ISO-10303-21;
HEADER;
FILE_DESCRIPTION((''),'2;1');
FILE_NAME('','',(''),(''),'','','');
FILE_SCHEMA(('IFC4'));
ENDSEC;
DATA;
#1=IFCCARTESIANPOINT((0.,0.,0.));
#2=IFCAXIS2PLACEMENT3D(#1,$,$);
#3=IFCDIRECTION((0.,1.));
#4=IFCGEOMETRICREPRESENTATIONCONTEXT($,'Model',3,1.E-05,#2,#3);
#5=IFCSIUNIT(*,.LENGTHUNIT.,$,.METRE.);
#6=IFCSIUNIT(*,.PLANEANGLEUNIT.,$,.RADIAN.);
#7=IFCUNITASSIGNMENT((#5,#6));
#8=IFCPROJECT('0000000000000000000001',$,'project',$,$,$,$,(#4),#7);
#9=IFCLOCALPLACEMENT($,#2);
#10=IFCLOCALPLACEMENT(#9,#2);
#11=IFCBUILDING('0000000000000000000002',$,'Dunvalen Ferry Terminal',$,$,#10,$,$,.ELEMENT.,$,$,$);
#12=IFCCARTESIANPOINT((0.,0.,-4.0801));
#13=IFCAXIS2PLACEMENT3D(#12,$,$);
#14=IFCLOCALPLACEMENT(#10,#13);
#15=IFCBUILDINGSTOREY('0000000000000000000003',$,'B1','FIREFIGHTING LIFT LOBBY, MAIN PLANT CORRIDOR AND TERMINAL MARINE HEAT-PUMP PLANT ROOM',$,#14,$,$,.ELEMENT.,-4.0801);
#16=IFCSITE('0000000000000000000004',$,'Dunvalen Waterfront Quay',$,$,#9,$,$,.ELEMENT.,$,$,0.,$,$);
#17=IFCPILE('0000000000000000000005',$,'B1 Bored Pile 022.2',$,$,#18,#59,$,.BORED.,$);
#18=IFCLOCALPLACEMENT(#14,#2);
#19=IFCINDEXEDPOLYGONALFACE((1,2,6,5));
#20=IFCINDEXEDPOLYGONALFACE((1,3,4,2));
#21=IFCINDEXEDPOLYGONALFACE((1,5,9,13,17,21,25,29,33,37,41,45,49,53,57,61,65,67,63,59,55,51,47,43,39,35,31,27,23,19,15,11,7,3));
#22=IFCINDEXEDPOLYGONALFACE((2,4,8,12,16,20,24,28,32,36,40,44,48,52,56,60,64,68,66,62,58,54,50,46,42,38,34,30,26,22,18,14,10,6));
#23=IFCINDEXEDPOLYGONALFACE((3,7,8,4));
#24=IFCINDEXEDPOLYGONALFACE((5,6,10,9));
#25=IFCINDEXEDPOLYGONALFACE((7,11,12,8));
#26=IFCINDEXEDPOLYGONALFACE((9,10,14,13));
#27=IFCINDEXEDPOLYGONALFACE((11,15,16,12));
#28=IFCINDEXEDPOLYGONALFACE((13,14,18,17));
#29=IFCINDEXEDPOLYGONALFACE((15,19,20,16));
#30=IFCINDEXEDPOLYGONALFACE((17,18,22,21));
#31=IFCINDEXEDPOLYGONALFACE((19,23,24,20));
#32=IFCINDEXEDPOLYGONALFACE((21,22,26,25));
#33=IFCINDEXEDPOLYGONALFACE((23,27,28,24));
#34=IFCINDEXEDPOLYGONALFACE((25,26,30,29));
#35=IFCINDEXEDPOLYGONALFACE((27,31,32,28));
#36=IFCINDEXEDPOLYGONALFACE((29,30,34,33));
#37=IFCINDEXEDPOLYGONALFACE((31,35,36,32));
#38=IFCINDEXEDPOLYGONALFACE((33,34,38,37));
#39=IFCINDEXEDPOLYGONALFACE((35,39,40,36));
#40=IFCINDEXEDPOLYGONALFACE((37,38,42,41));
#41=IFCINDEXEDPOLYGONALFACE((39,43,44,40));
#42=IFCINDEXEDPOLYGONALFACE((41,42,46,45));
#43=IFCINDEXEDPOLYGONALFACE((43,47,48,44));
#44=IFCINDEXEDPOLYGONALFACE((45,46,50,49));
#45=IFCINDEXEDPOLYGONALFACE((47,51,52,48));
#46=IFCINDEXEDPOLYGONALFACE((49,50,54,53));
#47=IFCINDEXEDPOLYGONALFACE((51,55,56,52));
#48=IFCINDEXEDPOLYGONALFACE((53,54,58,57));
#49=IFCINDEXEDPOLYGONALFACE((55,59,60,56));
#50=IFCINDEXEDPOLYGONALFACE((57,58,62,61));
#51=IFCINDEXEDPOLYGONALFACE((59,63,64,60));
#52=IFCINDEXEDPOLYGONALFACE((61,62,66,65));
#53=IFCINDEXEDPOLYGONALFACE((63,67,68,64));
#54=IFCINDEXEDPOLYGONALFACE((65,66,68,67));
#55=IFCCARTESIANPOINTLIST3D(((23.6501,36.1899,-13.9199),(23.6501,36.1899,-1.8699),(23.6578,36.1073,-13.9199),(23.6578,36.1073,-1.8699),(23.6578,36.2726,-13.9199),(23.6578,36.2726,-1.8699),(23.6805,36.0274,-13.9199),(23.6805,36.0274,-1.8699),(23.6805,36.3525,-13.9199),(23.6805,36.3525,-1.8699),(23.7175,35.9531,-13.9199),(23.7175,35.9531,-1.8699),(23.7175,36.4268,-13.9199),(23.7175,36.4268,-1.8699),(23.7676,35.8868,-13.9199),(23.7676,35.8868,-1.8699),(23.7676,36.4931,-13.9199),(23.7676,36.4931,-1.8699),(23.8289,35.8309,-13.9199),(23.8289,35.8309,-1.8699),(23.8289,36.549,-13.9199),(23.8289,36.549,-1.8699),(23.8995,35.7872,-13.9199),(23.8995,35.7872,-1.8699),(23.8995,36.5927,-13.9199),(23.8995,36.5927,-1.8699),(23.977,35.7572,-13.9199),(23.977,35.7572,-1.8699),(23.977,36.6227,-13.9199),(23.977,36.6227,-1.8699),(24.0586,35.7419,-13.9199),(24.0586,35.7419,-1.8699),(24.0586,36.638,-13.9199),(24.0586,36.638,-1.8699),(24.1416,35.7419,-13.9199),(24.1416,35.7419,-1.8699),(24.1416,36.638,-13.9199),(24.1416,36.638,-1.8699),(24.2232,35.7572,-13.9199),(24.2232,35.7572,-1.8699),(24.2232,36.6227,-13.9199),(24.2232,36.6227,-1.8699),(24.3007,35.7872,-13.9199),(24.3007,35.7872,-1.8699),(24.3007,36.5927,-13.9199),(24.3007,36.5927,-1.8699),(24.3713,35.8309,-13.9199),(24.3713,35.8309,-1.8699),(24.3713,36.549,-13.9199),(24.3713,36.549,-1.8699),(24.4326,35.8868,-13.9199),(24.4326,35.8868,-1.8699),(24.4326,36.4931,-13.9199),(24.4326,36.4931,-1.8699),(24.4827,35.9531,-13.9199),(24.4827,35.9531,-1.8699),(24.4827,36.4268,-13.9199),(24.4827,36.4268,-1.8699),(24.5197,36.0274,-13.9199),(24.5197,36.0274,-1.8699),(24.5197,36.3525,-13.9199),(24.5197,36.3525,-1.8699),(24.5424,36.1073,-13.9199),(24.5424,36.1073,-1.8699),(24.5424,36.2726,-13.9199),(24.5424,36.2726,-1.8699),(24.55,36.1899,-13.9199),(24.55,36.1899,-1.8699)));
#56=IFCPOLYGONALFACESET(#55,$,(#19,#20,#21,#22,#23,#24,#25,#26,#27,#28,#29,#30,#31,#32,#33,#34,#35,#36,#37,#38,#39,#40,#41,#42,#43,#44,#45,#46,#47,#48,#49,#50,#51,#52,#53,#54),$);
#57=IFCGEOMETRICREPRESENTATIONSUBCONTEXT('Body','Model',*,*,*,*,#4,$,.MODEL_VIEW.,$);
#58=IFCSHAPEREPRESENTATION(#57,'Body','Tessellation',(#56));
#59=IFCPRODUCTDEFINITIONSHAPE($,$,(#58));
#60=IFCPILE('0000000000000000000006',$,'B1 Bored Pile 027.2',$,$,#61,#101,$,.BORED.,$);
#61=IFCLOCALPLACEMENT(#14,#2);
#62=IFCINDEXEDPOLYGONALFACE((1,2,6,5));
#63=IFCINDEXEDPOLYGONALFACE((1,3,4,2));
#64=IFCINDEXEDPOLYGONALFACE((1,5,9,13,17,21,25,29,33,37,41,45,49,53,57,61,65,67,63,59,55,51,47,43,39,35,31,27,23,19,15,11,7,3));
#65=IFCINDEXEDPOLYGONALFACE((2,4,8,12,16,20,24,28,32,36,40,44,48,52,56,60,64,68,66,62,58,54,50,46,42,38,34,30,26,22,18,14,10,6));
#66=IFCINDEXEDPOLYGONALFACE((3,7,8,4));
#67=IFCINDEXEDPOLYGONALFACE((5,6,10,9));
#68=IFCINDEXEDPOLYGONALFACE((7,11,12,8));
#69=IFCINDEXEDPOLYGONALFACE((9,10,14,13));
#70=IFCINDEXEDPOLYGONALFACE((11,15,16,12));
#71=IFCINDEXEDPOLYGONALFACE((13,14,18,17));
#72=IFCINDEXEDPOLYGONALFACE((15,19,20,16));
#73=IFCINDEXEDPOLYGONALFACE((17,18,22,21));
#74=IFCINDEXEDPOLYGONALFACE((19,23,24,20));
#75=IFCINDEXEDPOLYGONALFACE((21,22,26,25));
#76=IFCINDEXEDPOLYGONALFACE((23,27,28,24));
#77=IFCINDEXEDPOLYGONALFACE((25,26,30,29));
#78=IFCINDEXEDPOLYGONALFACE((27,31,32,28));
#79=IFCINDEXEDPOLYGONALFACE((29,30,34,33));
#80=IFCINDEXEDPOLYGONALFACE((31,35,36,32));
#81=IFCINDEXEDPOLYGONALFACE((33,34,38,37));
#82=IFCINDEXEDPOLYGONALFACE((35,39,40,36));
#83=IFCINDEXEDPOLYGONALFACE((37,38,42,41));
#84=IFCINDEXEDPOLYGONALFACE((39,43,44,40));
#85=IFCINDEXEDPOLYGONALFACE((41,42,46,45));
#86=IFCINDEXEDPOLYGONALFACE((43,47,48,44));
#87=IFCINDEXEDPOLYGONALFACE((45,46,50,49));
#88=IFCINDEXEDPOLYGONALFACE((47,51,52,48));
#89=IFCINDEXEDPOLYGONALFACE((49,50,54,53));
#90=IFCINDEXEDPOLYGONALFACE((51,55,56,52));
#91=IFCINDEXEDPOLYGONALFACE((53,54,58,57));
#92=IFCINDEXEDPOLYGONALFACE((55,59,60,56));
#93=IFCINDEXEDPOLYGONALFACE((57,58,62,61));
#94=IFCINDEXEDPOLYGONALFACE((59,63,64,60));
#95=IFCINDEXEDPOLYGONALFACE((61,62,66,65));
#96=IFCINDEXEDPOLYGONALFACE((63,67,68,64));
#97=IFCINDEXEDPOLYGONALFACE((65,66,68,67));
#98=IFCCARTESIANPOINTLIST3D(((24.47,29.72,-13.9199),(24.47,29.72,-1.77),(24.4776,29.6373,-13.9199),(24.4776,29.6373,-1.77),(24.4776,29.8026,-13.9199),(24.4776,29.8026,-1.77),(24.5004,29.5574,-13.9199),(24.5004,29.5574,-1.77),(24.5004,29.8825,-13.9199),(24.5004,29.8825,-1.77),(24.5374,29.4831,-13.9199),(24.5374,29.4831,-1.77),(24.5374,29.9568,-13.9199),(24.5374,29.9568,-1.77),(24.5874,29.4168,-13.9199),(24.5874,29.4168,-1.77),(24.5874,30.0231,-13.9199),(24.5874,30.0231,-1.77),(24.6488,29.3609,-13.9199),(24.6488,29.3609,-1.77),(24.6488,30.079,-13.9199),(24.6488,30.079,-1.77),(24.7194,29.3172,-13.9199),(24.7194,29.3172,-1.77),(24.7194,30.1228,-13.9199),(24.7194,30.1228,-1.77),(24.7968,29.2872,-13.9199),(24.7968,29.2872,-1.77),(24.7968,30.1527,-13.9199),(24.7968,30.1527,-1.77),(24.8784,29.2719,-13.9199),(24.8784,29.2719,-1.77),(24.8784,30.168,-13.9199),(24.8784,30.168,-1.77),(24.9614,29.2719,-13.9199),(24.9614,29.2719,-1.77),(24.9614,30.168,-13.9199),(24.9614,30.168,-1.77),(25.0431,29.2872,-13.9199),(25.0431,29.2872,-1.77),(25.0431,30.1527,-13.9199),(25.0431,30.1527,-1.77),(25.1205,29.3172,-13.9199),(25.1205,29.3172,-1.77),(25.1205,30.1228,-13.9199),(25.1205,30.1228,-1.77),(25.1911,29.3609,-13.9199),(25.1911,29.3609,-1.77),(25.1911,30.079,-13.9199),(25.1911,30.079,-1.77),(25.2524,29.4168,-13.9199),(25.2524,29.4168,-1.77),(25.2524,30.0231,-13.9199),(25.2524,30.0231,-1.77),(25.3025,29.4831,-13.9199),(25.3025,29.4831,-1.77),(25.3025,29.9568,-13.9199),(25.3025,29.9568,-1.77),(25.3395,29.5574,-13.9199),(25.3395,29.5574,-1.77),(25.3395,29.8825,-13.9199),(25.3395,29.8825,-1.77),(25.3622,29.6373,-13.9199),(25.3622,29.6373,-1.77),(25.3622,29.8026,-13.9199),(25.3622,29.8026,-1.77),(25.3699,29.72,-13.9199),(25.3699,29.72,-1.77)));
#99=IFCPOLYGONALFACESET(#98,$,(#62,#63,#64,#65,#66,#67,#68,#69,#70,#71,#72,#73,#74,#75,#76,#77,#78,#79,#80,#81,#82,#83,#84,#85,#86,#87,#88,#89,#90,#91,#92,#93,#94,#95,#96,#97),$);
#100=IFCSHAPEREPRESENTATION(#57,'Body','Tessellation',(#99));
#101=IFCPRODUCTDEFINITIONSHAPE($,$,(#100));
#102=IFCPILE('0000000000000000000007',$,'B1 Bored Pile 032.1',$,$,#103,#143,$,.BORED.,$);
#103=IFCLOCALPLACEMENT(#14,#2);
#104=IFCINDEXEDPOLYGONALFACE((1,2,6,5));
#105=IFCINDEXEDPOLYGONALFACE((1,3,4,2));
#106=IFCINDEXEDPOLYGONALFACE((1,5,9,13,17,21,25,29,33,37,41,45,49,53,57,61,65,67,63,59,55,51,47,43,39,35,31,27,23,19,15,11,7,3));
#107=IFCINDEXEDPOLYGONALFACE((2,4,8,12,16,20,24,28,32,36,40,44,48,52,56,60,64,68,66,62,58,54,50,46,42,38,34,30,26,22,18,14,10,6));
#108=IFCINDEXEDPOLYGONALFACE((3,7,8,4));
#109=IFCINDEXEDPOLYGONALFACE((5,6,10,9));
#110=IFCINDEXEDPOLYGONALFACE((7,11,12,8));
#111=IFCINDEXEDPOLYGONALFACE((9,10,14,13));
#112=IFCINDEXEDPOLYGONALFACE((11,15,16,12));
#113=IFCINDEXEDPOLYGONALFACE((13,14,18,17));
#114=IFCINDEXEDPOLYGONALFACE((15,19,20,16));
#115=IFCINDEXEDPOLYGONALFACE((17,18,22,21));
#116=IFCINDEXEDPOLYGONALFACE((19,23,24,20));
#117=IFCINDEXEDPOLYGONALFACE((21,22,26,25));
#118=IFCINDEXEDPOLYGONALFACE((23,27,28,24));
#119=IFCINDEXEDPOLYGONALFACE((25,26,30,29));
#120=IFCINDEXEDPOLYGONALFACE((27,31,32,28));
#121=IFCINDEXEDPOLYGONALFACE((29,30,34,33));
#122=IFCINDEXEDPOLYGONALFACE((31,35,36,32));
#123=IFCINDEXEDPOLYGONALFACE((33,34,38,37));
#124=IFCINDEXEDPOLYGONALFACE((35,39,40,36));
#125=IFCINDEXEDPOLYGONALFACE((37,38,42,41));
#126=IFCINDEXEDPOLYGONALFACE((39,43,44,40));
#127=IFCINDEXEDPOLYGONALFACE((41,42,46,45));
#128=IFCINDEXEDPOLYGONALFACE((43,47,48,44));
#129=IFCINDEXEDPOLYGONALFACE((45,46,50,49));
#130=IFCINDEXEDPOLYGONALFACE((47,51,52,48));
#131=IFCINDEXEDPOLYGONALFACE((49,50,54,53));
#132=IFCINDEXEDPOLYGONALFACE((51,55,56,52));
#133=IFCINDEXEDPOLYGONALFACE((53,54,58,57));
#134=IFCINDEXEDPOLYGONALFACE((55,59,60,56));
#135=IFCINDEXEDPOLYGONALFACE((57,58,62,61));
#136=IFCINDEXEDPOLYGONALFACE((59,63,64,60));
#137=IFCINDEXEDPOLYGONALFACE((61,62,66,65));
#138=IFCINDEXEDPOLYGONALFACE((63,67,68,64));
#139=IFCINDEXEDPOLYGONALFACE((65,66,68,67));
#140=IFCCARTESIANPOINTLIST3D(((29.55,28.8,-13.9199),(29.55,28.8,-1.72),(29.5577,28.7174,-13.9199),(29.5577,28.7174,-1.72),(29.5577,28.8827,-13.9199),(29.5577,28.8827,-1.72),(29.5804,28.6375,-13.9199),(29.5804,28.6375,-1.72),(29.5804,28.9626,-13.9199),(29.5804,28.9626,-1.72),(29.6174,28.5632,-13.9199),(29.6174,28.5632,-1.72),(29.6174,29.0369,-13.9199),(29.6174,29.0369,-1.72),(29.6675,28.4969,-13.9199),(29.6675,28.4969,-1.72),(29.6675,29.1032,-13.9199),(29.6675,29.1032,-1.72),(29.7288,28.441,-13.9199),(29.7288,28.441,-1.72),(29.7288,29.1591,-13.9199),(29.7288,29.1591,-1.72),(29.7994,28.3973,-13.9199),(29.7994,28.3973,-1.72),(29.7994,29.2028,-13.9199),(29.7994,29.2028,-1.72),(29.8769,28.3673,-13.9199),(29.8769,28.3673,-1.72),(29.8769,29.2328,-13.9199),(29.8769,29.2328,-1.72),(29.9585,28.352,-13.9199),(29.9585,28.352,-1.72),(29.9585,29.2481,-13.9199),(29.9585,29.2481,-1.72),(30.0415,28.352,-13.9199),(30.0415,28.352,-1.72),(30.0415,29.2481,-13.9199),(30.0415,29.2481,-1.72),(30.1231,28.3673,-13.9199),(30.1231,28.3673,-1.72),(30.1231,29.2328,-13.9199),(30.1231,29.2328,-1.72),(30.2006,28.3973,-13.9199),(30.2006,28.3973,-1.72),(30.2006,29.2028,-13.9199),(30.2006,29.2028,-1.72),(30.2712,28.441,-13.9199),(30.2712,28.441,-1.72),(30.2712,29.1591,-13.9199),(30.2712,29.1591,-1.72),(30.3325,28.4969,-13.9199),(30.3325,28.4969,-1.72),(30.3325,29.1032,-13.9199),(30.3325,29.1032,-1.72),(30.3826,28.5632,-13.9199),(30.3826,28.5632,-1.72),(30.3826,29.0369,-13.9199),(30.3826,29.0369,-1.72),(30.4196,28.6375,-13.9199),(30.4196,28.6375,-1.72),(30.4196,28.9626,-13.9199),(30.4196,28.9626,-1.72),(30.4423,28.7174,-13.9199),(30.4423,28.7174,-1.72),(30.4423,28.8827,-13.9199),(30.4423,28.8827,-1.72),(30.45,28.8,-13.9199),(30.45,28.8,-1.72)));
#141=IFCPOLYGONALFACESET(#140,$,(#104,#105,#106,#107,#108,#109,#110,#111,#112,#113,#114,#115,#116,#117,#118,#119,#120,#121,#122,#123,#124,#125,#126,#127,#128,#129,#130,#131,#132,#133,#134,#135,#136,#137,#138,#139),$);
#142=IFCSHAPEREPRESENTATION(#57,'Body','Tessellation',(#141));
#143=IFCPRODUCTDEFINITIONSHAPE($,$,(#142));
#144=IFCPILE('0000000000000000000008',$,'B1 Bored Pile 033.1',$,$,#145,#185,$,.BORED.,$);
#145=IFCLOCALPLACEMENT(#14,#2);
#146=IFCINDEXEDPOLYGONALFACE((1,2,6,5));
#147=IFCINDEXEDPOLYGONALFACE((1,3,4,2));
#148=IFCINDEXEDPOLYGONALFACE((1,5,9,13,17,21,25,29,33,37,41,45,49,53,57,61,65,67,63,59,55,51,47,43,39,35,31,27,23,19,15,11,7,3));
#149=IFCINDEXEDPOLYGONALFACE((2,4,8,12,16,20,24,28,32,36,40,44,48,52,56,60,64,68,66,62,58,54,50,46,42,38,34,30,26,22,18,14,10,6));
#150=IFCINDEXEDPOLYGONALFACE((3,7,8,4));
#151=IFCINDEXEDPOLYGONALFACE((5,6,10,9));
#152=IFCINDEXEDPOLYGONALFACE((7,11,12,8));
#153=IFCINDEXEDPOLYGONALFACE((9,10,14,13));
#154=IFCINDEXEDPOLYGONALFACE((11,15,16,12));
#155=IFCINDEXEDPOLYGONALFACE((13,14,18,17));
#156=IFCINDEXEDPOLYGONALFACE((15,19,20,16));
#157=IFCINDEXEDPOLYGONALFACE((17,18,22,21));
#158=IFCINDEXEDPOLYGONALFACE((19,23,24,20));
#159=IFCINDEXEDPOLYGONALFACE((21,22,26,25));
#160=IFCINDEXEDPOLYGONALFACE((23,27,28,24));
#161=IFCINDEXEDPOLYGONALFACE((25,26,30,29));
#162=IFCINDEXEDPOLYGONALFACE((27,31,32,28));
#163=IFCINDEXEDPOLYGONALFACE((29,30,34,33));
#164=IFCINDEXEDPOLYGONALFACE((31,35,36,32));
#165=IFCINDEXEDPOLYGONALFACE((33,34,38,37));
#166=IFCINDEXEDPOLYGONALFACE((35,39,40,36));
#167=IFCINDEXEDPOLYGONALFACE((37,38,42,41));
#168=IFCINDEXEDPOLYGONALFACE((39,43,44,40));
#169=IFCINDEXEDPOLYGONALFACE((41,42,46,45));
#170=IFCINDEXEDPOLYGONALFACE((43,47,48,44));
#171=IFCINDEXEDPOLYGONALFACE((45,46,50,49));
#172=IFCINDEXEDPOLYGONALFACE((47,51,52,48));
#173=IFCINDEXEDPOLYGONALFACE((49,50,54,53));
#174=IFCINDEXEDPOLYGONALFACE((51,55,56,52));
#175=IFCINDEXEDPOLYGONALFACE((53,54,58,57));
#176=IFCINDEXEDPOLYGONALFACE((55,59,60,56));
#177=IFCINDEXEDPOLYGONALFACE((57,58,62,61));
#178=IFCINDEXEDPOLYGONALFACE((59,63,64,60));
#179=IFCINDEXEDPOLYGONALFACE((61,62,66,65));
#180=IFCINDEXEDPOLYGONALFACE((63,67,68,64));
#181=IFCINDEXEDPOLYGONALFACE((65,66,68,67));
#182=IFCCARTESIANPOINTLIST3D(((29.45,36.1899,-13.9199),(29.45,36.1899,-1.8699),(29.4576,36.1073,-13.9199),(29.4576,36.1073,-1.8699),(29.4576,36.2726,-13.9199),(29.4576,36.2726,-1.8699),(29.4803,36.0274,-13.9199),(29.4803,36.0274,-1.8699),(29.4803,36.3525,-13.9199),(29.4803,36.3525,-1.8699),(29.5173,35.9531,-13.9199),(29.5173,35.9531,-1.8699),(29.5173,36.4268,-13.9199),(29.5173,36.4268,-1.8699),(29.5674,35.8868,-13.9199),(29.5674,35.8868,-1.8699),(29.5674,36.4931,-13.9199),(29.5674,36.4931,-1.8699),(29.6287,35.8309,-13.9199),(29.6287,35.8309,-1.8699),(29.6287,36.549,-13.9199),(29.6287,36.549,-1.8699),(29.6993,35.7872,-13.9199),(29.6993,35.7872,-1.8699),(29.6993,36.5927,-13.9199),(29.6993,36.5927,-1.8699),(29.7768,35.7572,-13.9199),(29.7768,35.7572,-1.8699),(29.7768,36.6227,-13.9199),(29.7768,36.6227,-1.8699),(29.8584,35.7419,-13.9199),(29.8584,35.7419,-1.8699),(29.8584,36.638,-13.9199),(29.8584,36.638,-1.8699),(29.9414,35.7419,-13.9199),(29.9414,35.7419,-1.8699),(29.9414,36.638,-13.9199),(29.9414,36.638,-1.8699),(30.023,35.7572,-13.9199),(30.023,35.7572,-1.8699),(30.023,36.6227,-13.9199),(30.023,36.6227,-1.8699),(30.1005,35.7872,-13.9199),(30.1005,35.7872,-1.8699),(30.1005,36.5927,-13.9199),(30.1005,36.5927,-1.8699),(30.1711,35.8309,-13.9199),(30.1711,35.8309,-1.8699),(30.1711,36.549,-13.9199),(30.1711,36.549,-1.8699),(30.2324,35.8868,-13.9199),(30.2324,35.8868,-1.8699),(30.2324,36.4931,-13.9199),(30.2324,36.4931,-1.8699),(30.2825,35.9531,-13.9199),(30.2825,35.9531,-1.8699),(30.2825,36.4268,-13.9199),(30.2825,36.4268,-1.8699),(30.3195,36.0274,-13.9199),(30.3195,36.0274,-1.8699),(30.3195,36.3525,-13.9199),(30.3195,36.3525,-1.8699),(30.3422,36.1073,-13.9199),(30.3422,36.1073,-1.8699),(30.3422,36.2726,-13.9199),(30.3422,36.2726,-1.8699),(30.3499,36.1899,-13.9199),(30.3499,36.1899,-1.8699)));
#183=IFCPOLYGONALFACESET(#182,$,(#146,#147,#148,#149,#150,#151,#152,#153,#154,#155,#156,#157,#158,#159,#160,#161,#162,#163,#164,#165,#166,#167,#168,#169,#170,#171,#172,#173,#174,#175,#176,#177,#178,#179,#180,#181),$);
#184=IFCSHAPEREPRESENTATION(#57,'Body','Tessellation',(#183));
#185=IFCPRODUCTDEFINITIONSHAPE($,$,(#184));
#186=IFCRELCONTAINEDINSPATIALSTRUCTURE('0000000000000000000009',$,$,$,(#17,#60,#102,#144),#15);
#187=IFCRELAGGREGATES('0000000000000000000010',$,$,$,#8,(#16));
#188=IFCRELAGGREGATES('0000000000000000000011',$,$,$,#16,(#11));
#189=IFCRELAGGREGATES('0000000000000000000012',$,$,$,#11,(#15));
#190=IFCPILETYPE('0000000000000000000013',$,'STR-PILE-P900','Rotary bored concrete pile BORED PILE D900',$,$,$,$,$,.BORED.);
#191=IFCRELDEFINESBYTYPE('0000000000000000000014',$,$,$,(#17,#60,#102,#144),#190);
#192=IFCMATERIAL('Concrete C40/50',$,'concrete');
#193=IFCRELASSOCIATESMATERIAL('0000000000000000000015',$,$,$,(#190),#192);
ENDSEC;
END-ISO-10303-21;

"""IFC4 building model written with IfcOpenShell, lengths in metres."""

from ifc_helpers import new_model, si_unit, direction, frame, origin, origin_2d, place, context, subcontext, project, spatial, circle, extrude, material, material_profile, profile_set, type_object, element, save


model = new_model("IFC4")

# Units and contexts
model_context = context("Model", 3, precision=1e-05, world=origin(), true_north=direction((0.0, 1.0)))
body_context = subcontext(model_context, "Body", "Model", "MODEL_VIEW")
ifc_project = project(units=[si_unit("LENGTHUNIT", "METRE"), si_unit("PLANEANGLEUNIT", "RADIAN")], contexts=[model_context])

# Site, building, storey
site_placement = place(None, origin())
site = spatial("IfcSite", under=ifc_project, at=site_placement, Name="Dunvalen Waterfront Quay", CompositionType="ELEMENT", RefElevation=0.0)
building_placement = place(site_placement, origin())
building = spatial("IfcBuilding", under=site, at=building_placement, Name="Dunvalen Ferry Terminal", CompositionType="ELEMENT")
storey_placement = place(building_placement, frame((0.0, 0.0, -4.0801)))
storey = spatial("IfcBuildingStorey", under=building, at=storey_placement, Name="B1", Description="FIREFIGHTING LIFT LOBBY, MAIN PLANT CORRIDOR AND TERMINAL MARINE HEAT-PUMP PLANT ROOM", CompositionType="ELEMENT", Elevation=-4.0801)

# Shared definitions
ifc_material = material(Name="Concrete C40/50", Category="concrete")

# Piles
ifc_material_profile_1 = material_profile(ifc_material, circle(Radius=0.45, at=origin_2d()), Name="Concrete C40/50")
ifc_profile_set_1 = profile_set([ifc_material_profile_1], Name="Concrete C40/50")
pile_type_1 = type_object("IfcPileType", Name="STR-PILE-P900", Description="Rotary bored concrete pile BORED PILE D900", PredefinedType="BORED", material=ifc_profile_set_1)
pile_1_placement = place(storey_placement, frame((24.1001, 36.1899, -1.8699), z_axis=(0.0, 0.0, -1.0), x_axis=(1.0, 0.0, 0.0)))
element("IfcPile", 1, at=pile_1_placement, inside=storey, type_object=pile_type_1, Name="B1 Bored Pile 022.2", PredefinedType="BORED", context=body_context, shape_type="SweptSolid", body=[
    extrude(circle(Radius=0.45, at=origin_2d()), origin(), (0.0, 0.0, 1.0), 12.05),
])
pile_2_placement = place(storey_placement, frame((24.9199, 29.72, -1.77), z_axis=(0.0, 0.0, -1.0), x_axis=(1.0, 0.0, 0.0)))
element("IfcPile", 2, at=pile_2_placement, inside=storey, type_object=pile_type_1, Name="B1 Bored Pile 027.2", PredefinedType="BORED", context=body_context, shape_type="SweptSolid", body=[
    extrude(circle(Radius=0.45, at=origin_2d()), origin(), (0.0, 0.0, 1.0), 12.1499),
])
pile_3_placement = place(storey_placement, frame((30.0, 28.8, -1.72), z_axis=(0.0, 0.0, -1.0), x_axis=(1.0, 0.0, 0.0)))
element("IfcPile", 3, at=pile_3_placement, inside=storey, type_object=pile_type_1, Name="B1 Bored Pile 032.1", PredefinedType="BORED", context=body_context, shape_type="SweptSolid", body=[
    extrude(circle(Radius=0.45, at=origin_2d()), origin(), (0.0, 0.0, 1.0), 12.2),
])
for number, where, z_axis, x_axis, name in (
    (4, (29.8999, 36.1899, -1.8699), (0.0, 0.0, -1.0), (1.0, 0.0, 0.0), "B1 Bored Pile 033.1"),
):
    element("IfcPile", number, at=place(storey_placement, frame(where, z_axis=z_axis, x_axis=x_axis)), inside=storey, type_object=pile_type_1, Name=name, PredefinedType="BORED", context=body_context, shape_type="SweptSolid", body=[
        extrude(circle(Radius=0.45, at=origin_2d()), origin(), (0.0, 0.0, 1.0), 12.05),
    ])

save(model, "model.ifc")
